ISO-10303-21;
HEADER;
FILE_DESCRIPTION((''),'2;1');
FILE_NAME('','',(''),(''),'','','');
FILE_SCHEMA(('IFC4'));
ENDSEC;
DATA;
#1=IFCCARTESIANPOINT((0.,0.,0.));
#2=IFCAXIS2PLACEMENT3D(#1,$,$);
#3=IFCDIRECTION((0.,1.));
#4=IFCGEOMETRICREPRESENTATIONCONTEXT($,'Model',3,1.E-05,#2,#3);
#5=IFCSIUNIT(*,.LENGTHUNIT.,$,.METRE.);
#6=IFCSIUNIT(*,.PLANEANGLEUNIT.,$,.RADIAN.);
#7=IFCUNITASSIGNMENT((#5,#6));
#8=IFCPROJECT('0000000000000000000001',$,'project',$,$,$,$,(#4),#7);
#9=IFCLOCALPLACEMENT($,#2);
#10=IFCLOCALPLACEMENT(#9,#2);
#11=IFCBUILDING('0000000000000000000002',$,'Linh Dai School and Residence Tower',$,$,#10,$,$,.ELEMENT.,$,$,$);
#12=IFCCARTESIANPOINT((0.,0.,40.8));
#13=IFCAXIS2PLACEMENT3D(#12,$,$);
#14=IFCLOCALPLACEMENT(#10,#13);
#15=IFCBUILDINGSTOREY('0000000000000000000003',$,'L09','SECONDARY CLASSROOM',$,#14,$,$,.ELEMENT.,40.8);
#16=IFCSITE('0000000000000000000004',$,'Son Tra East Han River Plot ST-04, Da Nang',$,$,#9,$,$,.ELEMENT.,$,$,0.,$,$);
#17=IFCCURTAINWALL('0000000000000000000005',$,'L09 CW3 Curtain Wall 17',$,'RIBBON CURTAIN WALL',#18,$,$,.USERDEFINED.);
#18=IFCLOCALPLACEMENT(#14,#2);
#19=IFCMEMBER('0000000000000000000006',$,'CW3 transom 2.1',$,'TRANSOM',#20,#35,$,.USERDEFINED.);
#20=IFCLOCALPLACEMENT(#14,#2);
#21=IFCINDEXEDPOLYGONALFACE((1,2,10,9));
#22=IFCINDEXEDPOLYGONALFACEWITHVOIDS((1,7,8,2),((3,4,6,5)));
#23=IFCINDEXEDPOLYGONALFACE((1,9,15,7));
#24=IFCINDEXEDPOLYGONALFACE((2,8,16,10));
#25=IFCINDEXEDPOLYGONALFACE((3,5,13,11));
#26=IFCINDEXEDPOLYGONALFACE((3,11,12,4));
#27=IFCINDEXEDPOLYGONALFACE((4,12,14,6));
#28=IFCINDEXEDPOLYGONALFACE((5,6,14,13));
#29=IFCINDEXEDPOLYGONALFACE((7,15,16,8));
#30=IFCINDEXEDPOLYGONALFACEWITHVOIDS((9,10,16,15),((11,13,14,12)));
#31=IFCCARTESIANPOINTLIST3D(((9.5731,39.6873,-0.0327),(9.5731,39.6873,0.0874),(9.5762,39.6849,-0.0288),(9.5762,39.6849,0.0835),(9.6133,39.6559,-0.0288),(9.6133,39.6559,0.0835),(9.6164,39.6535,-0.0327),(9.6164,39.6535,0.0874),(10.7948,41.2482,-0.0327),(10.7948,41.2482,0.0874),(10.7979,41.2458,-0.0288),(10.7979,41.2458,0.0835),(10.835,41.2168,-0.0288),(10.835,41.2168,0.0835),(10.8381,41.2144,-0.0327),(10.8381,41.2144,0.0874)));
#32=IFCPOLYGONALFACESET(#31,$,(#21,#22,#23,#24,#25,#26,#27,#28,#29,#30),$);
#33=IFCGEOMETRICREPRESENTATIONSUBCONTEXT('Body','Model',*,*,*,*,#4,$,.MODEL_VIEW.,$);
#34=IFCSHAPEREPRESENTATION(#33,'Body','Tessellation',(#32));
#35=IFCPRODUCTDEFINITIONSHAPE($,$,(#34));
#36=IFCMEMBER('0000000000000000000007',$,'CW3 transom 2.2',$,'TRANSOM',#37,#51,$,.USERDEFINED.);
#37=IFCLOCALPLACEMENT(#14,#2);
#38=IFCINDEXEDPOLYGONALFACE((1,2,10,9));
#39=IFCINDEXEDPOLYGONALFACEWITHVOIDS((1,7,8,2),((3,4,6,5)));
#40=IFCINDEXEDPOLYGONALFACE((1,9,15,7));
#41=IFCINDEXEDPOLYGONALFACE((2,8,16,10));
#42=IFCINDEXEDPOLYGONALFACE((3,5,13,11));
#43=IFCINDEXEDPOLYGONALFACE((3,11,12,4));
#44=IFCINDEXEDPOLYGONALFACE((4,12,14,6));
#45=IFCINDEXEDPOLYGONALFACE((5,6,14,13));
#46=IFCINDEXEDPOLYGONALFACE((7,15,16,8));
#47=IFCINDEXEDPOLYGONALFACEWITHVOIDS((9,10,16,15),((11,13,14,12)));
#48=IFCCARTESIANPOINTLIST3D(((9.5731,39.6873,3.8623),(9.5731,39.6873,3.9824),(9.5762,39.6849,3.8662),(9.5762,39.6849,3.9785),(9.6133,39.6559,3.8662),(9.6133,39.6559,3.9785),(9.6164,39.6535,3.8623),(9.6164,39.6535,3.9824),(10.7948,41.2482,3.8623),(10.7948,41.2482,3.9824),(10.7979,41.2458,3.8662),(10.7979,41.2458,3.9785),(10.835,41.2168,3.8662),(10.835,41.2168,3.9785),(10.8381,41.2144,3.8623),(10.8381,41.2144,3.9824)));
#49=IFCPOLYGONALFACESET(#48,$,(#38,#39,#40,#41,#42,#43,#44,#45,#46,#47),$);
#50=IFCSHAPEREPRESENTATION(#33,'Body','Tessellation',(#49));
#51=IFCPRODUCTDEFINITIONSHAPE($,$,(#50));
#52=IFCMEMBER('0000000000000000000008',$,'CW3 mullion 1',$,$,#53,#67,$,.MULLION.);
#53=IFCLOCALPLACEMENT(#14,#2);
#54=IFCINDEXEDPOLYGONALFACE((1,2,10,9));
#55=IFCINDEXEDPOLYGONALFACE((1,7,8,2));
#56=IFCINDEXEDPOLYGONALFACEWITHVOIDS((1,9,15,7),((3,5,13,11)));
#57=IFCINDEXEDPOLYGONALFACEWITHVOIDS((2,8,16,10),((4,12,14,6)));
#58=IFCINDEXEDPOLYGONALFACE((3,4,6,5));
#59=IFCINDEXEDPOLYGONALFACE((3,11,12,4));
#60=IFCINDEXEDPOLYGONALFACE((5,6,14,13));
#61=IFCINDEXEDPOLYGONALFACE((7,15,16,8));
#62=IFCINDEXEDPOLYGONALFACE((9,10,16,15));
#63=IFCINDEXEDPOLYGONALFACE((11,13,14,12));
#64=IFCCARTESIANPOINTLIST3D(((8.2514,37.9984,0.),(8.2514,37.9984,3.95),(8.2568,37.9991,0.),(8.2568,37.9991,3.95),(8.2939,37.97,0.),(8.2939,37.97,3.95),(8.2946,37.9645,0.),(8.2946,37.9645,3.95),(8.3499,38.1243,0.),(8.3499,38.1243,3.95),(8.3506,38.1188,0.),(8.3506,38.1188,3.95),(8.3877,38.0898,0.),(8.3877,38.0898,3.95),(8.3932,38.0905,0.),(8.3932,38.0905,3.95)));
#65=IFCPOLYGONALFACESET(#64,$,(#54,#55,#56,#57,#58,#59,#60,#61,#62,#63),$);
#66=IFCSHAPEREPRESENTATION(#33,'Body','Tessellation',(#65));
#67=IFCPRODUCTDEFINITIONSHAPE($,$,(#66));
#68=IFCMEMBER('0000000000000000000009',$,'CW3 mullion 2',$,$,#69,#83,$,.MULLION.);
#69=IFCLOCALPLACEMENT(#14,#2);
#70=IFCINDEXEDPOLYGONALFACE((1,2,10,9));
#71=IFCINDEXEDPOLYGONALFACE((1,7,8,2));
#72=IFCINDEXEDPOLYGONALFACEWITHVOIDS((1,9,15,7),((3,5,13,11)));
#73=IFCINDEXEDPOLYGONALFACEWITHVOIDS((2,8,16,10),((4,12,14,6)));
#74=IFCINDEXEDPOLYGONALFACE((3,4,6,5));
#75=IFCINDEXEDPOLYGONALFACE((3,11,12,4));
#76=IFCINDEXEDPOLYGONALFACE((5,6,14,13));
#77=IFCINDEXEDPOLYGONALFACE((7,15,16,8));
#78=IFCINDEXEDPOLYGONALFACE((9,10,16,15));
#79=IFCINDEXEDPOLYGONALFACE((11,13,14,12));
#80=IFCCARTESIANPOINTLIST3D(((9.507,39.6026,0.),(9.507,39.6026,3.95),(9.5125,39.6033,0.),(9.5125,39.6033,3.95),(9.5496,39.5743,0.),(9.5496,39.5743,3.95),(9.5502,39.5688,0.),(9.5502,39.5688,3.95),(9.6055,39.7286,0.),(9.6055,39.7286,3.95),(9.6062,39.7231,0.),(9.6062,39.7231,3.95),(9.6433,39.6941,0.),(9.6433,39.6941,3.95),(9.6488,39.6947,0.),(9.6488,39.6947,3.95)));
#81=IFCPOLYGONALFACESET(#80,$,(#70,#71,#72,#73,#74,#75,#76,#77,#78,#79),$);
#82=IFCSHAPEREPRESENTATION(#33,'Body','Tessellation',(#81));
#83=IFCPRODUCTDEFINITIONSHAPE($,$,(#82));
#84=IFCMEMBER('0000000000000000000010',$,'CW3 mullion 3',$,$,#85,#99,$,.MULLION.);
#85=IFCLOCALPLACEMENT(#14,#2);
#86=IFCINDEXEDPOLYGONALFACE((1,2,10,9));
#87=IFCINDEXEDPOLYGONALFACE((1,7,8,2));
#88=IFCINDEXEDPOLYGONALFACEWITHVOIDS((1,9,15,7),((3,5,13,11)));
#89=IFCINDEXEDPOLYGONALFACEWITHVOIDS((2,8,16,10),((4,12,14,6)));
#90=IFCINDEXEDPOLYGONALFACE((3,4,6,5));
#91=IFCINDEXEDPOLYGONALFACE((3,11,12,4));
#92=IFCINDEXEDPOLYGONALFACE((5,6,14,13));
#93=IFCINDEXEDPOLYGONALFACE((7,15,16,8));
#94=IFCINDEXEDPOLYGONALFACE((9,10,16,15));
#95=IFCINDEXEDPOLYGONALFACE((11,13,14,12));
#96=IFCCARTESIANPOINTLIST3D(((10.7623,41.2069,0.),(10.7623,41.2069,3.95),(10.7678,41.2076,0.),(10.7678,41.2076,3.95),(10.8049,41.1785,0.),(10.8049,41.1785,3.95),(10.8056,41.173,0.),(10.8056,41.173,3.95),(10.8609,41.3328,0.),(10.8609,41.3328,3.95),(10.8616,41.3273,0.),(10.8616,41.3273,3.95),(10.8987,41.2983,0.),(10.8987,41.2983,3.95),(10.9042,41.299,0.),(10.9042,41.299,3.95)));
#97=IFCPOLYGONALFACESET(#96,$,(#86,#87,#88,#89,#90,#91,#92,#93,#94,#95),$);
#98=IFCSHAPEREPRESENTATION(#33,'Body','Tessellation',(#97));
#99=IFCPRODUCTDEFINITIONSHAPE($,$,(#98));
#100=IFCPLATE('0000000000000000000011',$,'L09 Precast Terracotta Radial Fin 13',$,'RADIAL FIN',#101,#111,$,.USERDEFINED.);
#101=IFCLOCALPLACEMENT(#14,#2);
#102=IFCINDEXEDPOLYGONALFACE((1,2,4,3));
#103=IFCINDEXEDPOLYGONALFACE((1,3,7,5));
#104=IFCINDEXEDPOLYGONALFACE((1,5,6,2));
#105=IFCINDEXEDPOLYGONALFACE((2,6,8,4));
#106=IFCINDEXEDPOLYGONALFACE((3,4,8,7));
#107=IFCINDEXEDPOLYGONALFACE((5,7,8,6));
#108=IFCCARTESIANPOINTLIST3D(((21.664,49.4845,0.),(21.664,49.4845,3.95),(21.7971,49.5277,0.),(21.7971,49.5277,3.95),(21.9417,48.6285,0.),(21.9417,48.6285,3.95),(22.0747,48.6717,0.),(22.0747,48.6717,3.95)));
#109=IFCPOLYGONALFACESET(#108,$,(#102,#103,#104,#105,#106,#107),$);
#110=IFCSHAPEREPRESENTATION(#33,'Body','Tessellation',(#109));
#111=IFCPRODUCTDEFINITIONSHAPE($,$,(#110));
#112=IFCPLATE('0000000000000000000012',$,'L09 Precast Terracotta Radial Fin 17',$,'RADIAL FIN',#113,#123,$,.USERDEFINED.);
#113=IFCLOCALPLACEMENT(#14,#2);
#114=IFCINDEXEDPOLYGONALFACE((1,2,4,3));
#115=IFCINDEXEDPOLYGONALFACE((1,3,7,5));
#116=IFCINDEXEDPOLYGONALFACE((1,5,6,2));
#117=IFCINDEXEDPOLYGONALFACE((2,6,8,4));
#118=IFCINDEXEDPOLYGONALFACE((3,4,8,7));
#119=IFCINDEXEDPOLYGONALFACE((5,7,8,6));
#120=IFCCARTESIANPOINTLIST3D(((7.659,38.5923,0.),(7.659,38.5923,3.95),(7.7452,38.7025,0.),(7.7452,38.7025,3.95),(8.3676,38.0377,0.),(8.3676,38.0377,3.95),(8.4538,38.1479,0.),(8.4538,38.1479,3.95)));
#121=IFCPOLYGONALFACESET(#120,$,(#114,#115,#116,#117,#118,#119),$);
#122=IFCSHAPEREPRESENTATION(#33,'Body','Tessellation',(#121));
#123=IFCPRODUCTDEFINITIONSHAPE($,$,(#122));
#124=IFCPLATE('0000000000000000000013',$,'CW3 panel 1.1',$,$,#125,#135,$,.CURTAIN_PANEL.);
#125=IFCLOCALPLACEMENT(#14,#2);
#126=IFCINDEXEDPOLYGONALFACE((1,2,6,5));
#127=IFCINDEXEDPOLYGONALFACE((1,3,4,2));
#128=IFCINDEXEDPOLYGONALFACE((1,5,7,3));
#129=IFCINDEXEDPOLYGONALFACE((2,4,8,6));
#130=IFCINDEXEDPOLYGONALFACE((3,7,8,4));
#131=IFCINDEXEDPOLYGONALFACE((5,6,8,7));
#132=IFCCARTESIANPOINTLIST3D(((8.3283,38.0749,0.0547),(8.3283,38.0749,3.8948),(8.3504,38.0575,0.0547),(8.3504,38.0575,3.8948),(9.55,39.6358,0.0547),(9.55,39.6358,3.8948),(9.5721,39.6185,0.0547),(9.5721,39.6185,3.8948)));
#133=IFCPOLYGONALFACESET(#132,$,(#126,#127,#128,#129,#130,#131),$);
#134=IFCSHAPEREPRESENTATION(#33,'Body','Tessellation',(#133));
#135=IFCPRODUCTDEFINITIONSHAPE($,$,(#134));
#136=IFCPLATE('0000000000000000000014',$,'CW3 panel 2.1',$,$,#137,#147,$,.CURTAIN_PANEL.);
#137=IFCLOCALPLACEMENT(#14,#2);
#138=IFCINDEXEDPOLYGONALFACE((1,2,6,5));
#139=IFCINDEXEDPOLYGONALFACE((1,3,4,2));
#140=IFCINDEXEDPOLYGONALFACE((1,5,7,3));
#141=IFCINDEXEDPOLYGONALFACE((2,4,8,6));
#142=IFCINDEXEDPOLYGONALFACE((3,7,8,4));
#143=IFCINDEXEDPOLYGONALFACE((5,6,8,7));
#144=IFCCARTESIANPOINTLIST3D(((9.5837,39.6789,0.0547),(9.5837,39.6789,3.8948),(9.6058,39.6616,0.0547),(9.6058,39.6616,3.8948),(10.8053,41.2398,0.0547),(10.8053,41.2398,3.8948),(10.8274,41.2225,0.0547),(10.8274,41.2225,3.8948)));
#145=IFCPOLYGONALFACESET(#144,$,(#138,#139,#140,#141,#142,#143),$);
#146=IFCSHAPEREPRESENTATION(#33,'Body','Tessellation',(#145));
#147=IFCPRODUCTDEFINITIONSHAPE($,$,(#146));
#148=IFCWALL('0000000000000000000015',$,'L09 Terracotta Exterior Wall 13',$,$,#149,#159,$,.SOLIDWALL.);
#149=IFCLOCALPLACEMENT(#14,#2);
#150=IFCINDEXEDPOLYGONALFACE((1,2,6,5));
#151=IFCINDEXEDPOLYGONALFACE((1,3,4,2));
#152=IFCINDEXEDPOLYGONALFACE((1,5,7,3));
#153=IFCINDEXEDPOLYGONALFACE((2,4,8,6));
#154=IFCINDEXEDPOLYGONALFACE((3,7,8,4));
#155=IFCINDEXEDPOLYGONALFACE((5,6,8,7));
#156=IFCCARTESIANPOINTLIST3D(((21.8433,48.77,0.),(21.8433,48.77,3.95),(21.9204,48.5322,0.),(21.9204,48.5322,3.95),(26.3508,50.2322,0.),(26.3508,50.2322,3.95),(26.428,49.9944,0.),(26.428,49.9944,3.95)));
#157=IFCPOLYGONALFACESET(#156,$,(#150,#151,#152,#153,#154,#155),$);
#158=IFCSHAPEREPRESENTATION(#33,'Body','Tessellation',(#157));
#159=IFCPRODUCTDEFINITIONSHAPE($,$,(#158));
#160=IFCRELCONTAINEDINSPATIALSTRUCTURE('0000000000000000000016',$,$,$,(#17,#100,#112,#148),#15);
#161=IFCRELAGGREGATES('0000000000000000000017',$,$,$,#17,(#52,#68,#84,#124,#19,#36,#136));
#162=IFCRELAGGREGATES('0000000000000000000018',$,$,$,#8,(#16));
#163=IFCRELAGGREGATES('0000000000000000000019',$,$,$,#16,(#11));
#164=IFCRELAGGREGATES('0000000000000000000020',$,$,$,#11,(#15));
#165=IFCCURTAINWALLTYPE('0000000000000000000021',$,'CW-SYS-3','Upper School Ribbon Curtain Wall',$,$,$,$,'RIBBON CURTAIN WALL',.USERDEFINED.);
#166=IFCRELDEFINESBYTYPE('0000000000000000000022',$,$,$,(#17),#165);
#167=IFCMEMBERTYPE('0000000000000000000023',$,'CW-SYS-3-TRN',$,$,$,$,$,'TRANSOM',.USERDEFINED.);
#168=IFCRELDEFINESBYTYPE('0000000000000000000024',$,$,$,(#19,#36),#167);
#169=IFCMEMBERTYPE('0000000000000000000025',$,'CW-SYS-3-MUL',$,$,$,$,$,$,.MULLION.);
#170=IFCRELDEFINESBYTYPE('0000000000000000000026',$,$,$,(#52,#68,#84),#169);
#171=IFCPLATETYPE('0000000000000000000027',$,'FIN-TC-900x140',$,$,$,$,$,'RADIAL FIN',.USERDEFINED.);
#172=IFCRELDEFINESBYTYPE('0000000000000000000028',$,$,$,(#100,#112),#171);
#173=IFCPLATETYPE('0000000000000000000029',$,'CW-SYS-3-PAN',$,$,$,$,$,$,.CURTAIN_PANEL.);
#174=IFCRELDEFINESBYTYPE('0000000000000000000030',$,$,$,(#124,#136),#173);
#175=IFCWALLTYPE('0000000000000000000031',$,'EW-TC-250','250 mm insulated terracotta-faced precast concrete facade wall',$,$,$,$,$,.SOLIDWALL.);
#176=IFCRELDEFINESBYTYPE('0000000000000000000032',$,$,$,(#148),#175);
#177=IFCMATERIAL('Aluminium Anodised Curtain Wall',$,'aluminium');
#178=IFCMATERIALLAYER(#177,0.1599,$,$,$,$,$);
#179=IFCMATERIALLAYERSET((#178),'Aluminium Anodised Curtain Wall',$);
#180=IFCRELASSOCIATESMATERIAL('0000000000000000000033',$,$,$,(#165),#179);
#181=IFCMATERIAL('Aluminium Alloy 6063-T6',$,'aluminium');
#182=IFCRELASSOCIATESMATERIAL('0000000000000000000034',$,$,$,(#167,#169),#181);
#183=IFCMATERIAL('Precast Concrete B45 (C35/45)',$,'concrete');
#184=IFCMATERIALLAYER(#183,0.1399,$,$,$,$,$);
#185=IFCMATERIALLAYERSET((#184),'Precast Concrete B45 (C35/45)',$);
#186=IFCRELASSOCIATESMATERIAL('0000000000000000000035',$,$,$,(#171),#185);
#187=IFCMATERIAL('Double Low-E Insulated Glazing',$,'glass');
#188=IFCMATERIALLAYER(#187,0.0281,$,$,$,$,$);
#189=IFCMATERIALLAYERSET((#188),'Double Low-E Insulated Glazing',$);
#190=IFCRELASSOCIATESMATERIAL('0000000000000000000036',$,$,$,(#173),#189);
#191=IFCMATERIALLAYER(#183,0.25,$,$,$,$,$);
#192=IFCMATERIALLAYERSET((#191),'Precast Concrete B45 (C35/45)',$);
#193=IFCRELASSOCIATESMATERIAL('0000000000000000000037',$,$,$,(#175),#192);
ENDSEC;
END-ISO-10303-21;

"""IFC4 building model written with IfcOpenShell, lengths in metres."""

from ifc_helpers import new_model, si_unit, direction, frame, frame_2d, origin, origin_2d, place, context, subcontext, project, spatial, rectangle, hollow_rectangle, extrude, source, transform, mapped, material, layer, layer_set, material_profile, profile_set, type_object, element, aggregate, save


model = new_model("IFC4")

# Units and contexts
model_context = context("Model", 3, precision=1e-05, world=origin(), true_north=direction((0.0, 1.0)))
body_context = subcontext(model_context, "Body", "Model", "MODEL_VIEW")
ifc_project = project(units=[si_unit("LENGTHUNIT", "METRE"), si_unit("PLANEANGLEUNIT", "RADIAN")], contexts=[model_context])

# Site, building, storey
site_placement = place(None, origin())
site = spatial("IfcSite", under=ifc_project, at=site_placement, Name="Son Tra East Han River Plot ST-04, Da Nang", CompositionType="ELEMENT", RefElevation=0.0)
building_placement = place(site_placement, origin())
building = spatial("IfcBuilding", under=site, at=building_placement, Name="Linh Dai School and Residence Tower", CompositionType="ELEMENT")
storey_placement = place(building_placement, frame((0.0, 0.0, 40.8)))
storey = spatial("IfcBuildingStorey", under=building, at=storey_placement, Name="L09", Description="SECONDARY CLASSROOM", CompositionType="ELEMENT", Elevation=40.8)

# Curtain wall, members
ifc_material_1 = material(Name="Aluminium Anodised Curtain Wall", Category="aluminium")
ifc_layer_1 = layer(ifc_material_1, 0.1599)
ifc_layer_set_1 = layer_set([ifc_layer_1], Name="Aluminium Anodised Curtain Wall")
curtain_wall_type = type_object("IfcCurtainWallType", Name="CW-SYS-3", Description="Upper School Ribbon Curtain Wall", ElementType="RIBBON CURTAIN WALL", PredefinedType="USERDEFINED", material=ifc_layer_set_1)
curtain_wall_placement = place(storey_placement, origin())
curtain_wall = element("IfcCurtainWall", 1, at=curtain_wall_placement, inside=storey, type_object=curtain_wall_type, Name="L09 CW3 Curtain Wall 17", ObjectType="RIBBON CURTAIN WALL", PredefinedType="USERDEFINED")
ifc_material_2 = material(Name="Aluminium Alloy 6063-T6", Category="aluminium")
ifc_material_profile_1 = material_profile(ifc_material_2, hollow_rectangle(XDim=0.0549, YDim=0.1201, WallThickness=0.0039, at=origin_2d()), Name="RHS 120x55x4")
ifc_profile_set_1 = profile_set([ifc_material_profile_1], Name="Aluminium Alloy 6063-T6")
member_type_1 = type_object("IfcMemberType", Name="CW-SYS-3-TRN", ElementType="TRANSOM", PredefinedType="USERDEFINED", material=ifc_profile_set_1)
shared_shape_1 = source(origin(), body_context, "Body", "SweptSolid", [
    extrude(hollow_rectangle(XDim=0.0549, YDim=0.1201, WallThickness=0.0039, at=origin_2d()), origin(), (0.0, 0.0, 1.0), 1.9822),
])
member_1_placement = place(storey_placement, frame((9.5947, 39.6704, 0.0273), z_axis=(0.616368, 0.787458, 0.0), x_axis=(-0.787458, 0.616368, 0.0)))
member_1 = element("IfcMember", 2, at=member_1_placement, type_object=member_type_1, Name="CW3 transom 2.1", ObjectType="TRANSOM", PredefinedType="USERDEFINED", context=body_context, shape_type="MappedRepresentation", body=[
    mapped(shared_shape_1, transform((0.0, 0.0, 0.0), x_axis=(1.0, 0.0, 0.0), y_axis=(0.0, 1.0, 0.0), z_axis=(0.0, 0.0, 1.0), scale=1.0)),
])
member_2_placement = place(storey_placement, frame((9.5947, 39.6704, 3.9224), z_axis=(0.616368, 0.787458, 0.0), x_axis=(-0.787458, 0.616368, 0.0)))
member_2 = element("IfcMember", 3, at=member_2_placement, type_object=member_type_1, Name="CW3 transom 2.2", ObjectType="TRANSOM", PredefinedType="USERDEFINED", context=body_context, shape_type="MappedRepresentation", body=[
    mapped(shared_shape_1, transform((0.0, 0.0, 0.0), x_axis=(1.0, 0.0, 0.0), y_axis=(0.0, 1.0, 0.0), z_axis=(0.0, 0.0, 1.0), scale=1.0)),
])
ifc_material_profile_2 = material_profile(ifc_material_2, hollow_rectangle(XDim=0.0549, YDim=0.1599, WallThickness=0.0039, at=origin_2d()), Name="RHS 160x55x4")
ifc_profile_set_2 = profile_set([ifc_material_profile_2], Name="Aluminium Alloy 6063-T6")
member_type_2 = type_object("IfcMemberType", Name="CW-SYS-3-MUL", PredefinedType="MULLION", material=ifc_profile_set_2)
shared_shape_2 = source(origin(), body_context, "Body", "SweptSolid", [
    extrude(hollow_rectangle(XDim=0.0549, YDim=0.1599, WallThickness=0.0039, at=origin_2d()), origin(), (0.0, 0.0, 1.0), 3.95),
])
member_3_placement = place(storey_placement, frame((8.3223, 38.0444, 0.0), z_axis=(0.0, 0.0, 1.0), x_axis=(-0.787496, 0.616319, 0.0)))
member_3 = element("IfcMember", 4, at=member_3_placement, type_object=member_type_2, Name="CW3 mullion 1", PredefinedType="MULLION", context=body_context, shape_type="MappedRepresentation", body=[
    mapped(shared_shape_2, transform((0.0, 0.0, 0.0), x_axis=(1.0, 0.0, 0.0), y_axis=(0.0, 1.0, 0.0), z_axis=(0.0, 0.0, 1.0), scale=1.0)),
])
member_4_placement = place(storey_placement, frame((9.5779, 39.6487, 0.0), z_axis=(0.0, 0.0, 1.0), x_axis=(-0.787496, 0.616319, 0.0)))
member_4 = element("IfcMember", 5, at=member_4_placement, type_object=member_type_2, Name="CW3 mullion 2", PredefinedType="MULLION", context=body_context, shape_type="MappedRepresentation", body=[
    mapped(shared_shape_2, transform((0.0, 0.0, 0.0), x_axis=(1.0, 0.0, 0.0), y_axis=(0.0, 1.0, 0.0), z_axis=(0.0, 0.0, 1.0), scale=1.0)),
])
member_5_placement = place(storey_placement, frame((10.8333, 41.2529, 0.0), z_axis=(0.0, 0.0, 1.0), x_axis=(-0.787496, 0.616319, 0.0)))
member_5 = element("IfcMember", 6, at=member_5_placement, type_object=member_type_2, Name="CW3 mullion 3", PredefinedType="MULLION", context=body_context, shape_type="MappedRepresentation", body=[
    mapped(shared_shape_2, transform((0.0, 0.0, 0.0), x_axis=(1.0, 0.0, 0.0), y_axis=(0.0, 1.0, 0.0), z_axis=(0.0, 0.0, 1.0), scale=1.0)),
])

# Plates
ifc_material_3 = material(Name="Precast Concrete B45 (C35/45)", Category="concrete")
ifc_layer_2 = layer(ifc_material_3, 0.1399)
ifc_layer_set_2 = layer_set([ifc_layer_2], Name="Precast Concrete B45 (C35/45)")
plate_type_1 = type_object("IfcPlateType", Name="FIN-TC-900x140", ElementType="RADIAL FIN", PredefinedType="USERDEFINED", material=ifc_layer_set_2)
shared_shape_3 = source(origin(), body_context, "Body", "SweptSolid", [
    extrude(rectangle(XDim=0.8999, YDim=0.1399, at=origin_2d()), origin(), (0.0, 0.0, 1.0), 3.95),
])
for number, where, z_axis, x_axis, name in (
    (7, (21.8694, 49.0781, 0.0), (0.0, 0.0, 1.0), (-0.308511, 0.951221, 0.0), "L09 Precast Terracotta Radial Fin 13"),
    (8, (8.0564, 38.3701, 0.0), (0.0, 0.0, 1.0), (-0.787496, 0.616319, 0.0), "L09 Precast Terracotta Radial Fin 17"),
):
    element("IfcPlate", number, at=place(storey_placement, frame(where, z_axis=z_axis, x_axis=x_axis)), inside=storey, type_object=plate_type_1, Name=name, ObjectType="RADIAL FIN", PredefinedType="USERDEFINED", context=body_context, shape_type="MappedRepresentation", body=[
        mapped(shared_shape_3, transform((0.0, 0.0, 0.0), x_axis=(1.0, 0.0, 0.0), y_axis=(0.0, 1.0, 0.0), z_axis=(0.0, 0.0, 1.0), scale=1.0)),
    ])

# Plates
ifc_material_4 = material(Name="Double Low-E Insulated Glazing", Category="glass")
ifc_layer_3 = layer(ifc_material_4, 0.0281)
ifc_layer_set_3 = layer_set([ifc_layer_3], Name="Double Low-E Insulated Glazing")
plate_type_2 = type_object("IfcPlateType", Name="CW-SYS-3-PAN", PredefinedType="CURTAIN_PANEL", material=ifc_layer_set_3)
shared_shape_4 = source(origin(), body_context, "Body", "SweptSolid", [
    extrude(rectangle(XDim=1.9822, YDim=0.0281, at=origin_2d()), origin(), (0.0, 0.0, 1.0), 3.8401),
])
plate_1_placement = place(storey_placement, frame((8.9502, 38.8467, 0.0547), z_axis=(0.0, 0.0, 1.0), x_axis=(0.616319, 0.787496, 0.0)))
plate_1 = element("IfcPlate", 9, at=plate_1_placement, type_object=plate_type_2, Name="CW3 panel 1.1", PredefinedType="CURTAIN_PANEL", context=body_context, shape_type="MappedRepresentation", body=[
    mapped(shared_shape_4, transform((0.0, 0.0, 0.0), x_axis=(1.0, 0.0, 0.0), y_axis=(0.0, 1.0, 0.0), z_axis=(0.0, 0.0, 1.0), scale=1.0)),
])
plate_2_placement = place(storey_placement, frame((10.2056, 40.4507, 0.0547), z_axis=(0.0, 0.0, 1.0), x_axis=(0.616319, 0.787496, 0.0)))
plate_2 = element("IfcPlate", 10, at=plate_2_placement, type_object=plate_type_2, Name="CW3 panel 2.1", PredefinedType="CURTAIN_PANEL", context=body_context, shape_type="MappedRepresentation", body=[
    mapped(shared_shape_4, transform((0.0, 0.0, 0.0), x_axis=(1.0, 0.0, 0.0), y_axis=(0.0, 1.0, 0.0), z_axis=(0.0, 0.0, 1.0), scale=1.0)),
])
aggregate(curtain_wall, [member_3, member_4, member_5, plate_1, member_1, member_2, plate_2])

# Wall
ifc_layer_4 = layer(ifc_material_3, 0.25)
ifc_layer_set_4 = layer_set([ifc_layer_4], Name="Precast Concrete B45 (C35/45)")
wall_type_1 = type_object("IfcWallType", Name="EW-TC-250", Description="250 mm insulated terracotta-faced precast concrete facade wall", PredefinedType="SOLIDWALL", material=ifc_layer_set_4)
wall_1_placement = place(storey_placement, frame((21.8818, 48.6511, 0.0), z_axis=(0.0, 0.0, 1.0), x_axis=(0.951208, 0.308551, 0.0)))
element("IfcWall", 11, at=wall_1_placement, inside=storey, type_object=wall_type_1, Name="L09 Terracotta Exterior Wall 13", PredefinedType="SOLIDWALL", context=body_context, shape_type="SweptSolid", body=[
    extrude(rectangle(XDim=4.7388, YDim=0.25, at=frame_2d((2.3694, 0.0))), origin(), (0.0, 0.0, 1.0), 3.95),
])

save(model, "model.ifc")
